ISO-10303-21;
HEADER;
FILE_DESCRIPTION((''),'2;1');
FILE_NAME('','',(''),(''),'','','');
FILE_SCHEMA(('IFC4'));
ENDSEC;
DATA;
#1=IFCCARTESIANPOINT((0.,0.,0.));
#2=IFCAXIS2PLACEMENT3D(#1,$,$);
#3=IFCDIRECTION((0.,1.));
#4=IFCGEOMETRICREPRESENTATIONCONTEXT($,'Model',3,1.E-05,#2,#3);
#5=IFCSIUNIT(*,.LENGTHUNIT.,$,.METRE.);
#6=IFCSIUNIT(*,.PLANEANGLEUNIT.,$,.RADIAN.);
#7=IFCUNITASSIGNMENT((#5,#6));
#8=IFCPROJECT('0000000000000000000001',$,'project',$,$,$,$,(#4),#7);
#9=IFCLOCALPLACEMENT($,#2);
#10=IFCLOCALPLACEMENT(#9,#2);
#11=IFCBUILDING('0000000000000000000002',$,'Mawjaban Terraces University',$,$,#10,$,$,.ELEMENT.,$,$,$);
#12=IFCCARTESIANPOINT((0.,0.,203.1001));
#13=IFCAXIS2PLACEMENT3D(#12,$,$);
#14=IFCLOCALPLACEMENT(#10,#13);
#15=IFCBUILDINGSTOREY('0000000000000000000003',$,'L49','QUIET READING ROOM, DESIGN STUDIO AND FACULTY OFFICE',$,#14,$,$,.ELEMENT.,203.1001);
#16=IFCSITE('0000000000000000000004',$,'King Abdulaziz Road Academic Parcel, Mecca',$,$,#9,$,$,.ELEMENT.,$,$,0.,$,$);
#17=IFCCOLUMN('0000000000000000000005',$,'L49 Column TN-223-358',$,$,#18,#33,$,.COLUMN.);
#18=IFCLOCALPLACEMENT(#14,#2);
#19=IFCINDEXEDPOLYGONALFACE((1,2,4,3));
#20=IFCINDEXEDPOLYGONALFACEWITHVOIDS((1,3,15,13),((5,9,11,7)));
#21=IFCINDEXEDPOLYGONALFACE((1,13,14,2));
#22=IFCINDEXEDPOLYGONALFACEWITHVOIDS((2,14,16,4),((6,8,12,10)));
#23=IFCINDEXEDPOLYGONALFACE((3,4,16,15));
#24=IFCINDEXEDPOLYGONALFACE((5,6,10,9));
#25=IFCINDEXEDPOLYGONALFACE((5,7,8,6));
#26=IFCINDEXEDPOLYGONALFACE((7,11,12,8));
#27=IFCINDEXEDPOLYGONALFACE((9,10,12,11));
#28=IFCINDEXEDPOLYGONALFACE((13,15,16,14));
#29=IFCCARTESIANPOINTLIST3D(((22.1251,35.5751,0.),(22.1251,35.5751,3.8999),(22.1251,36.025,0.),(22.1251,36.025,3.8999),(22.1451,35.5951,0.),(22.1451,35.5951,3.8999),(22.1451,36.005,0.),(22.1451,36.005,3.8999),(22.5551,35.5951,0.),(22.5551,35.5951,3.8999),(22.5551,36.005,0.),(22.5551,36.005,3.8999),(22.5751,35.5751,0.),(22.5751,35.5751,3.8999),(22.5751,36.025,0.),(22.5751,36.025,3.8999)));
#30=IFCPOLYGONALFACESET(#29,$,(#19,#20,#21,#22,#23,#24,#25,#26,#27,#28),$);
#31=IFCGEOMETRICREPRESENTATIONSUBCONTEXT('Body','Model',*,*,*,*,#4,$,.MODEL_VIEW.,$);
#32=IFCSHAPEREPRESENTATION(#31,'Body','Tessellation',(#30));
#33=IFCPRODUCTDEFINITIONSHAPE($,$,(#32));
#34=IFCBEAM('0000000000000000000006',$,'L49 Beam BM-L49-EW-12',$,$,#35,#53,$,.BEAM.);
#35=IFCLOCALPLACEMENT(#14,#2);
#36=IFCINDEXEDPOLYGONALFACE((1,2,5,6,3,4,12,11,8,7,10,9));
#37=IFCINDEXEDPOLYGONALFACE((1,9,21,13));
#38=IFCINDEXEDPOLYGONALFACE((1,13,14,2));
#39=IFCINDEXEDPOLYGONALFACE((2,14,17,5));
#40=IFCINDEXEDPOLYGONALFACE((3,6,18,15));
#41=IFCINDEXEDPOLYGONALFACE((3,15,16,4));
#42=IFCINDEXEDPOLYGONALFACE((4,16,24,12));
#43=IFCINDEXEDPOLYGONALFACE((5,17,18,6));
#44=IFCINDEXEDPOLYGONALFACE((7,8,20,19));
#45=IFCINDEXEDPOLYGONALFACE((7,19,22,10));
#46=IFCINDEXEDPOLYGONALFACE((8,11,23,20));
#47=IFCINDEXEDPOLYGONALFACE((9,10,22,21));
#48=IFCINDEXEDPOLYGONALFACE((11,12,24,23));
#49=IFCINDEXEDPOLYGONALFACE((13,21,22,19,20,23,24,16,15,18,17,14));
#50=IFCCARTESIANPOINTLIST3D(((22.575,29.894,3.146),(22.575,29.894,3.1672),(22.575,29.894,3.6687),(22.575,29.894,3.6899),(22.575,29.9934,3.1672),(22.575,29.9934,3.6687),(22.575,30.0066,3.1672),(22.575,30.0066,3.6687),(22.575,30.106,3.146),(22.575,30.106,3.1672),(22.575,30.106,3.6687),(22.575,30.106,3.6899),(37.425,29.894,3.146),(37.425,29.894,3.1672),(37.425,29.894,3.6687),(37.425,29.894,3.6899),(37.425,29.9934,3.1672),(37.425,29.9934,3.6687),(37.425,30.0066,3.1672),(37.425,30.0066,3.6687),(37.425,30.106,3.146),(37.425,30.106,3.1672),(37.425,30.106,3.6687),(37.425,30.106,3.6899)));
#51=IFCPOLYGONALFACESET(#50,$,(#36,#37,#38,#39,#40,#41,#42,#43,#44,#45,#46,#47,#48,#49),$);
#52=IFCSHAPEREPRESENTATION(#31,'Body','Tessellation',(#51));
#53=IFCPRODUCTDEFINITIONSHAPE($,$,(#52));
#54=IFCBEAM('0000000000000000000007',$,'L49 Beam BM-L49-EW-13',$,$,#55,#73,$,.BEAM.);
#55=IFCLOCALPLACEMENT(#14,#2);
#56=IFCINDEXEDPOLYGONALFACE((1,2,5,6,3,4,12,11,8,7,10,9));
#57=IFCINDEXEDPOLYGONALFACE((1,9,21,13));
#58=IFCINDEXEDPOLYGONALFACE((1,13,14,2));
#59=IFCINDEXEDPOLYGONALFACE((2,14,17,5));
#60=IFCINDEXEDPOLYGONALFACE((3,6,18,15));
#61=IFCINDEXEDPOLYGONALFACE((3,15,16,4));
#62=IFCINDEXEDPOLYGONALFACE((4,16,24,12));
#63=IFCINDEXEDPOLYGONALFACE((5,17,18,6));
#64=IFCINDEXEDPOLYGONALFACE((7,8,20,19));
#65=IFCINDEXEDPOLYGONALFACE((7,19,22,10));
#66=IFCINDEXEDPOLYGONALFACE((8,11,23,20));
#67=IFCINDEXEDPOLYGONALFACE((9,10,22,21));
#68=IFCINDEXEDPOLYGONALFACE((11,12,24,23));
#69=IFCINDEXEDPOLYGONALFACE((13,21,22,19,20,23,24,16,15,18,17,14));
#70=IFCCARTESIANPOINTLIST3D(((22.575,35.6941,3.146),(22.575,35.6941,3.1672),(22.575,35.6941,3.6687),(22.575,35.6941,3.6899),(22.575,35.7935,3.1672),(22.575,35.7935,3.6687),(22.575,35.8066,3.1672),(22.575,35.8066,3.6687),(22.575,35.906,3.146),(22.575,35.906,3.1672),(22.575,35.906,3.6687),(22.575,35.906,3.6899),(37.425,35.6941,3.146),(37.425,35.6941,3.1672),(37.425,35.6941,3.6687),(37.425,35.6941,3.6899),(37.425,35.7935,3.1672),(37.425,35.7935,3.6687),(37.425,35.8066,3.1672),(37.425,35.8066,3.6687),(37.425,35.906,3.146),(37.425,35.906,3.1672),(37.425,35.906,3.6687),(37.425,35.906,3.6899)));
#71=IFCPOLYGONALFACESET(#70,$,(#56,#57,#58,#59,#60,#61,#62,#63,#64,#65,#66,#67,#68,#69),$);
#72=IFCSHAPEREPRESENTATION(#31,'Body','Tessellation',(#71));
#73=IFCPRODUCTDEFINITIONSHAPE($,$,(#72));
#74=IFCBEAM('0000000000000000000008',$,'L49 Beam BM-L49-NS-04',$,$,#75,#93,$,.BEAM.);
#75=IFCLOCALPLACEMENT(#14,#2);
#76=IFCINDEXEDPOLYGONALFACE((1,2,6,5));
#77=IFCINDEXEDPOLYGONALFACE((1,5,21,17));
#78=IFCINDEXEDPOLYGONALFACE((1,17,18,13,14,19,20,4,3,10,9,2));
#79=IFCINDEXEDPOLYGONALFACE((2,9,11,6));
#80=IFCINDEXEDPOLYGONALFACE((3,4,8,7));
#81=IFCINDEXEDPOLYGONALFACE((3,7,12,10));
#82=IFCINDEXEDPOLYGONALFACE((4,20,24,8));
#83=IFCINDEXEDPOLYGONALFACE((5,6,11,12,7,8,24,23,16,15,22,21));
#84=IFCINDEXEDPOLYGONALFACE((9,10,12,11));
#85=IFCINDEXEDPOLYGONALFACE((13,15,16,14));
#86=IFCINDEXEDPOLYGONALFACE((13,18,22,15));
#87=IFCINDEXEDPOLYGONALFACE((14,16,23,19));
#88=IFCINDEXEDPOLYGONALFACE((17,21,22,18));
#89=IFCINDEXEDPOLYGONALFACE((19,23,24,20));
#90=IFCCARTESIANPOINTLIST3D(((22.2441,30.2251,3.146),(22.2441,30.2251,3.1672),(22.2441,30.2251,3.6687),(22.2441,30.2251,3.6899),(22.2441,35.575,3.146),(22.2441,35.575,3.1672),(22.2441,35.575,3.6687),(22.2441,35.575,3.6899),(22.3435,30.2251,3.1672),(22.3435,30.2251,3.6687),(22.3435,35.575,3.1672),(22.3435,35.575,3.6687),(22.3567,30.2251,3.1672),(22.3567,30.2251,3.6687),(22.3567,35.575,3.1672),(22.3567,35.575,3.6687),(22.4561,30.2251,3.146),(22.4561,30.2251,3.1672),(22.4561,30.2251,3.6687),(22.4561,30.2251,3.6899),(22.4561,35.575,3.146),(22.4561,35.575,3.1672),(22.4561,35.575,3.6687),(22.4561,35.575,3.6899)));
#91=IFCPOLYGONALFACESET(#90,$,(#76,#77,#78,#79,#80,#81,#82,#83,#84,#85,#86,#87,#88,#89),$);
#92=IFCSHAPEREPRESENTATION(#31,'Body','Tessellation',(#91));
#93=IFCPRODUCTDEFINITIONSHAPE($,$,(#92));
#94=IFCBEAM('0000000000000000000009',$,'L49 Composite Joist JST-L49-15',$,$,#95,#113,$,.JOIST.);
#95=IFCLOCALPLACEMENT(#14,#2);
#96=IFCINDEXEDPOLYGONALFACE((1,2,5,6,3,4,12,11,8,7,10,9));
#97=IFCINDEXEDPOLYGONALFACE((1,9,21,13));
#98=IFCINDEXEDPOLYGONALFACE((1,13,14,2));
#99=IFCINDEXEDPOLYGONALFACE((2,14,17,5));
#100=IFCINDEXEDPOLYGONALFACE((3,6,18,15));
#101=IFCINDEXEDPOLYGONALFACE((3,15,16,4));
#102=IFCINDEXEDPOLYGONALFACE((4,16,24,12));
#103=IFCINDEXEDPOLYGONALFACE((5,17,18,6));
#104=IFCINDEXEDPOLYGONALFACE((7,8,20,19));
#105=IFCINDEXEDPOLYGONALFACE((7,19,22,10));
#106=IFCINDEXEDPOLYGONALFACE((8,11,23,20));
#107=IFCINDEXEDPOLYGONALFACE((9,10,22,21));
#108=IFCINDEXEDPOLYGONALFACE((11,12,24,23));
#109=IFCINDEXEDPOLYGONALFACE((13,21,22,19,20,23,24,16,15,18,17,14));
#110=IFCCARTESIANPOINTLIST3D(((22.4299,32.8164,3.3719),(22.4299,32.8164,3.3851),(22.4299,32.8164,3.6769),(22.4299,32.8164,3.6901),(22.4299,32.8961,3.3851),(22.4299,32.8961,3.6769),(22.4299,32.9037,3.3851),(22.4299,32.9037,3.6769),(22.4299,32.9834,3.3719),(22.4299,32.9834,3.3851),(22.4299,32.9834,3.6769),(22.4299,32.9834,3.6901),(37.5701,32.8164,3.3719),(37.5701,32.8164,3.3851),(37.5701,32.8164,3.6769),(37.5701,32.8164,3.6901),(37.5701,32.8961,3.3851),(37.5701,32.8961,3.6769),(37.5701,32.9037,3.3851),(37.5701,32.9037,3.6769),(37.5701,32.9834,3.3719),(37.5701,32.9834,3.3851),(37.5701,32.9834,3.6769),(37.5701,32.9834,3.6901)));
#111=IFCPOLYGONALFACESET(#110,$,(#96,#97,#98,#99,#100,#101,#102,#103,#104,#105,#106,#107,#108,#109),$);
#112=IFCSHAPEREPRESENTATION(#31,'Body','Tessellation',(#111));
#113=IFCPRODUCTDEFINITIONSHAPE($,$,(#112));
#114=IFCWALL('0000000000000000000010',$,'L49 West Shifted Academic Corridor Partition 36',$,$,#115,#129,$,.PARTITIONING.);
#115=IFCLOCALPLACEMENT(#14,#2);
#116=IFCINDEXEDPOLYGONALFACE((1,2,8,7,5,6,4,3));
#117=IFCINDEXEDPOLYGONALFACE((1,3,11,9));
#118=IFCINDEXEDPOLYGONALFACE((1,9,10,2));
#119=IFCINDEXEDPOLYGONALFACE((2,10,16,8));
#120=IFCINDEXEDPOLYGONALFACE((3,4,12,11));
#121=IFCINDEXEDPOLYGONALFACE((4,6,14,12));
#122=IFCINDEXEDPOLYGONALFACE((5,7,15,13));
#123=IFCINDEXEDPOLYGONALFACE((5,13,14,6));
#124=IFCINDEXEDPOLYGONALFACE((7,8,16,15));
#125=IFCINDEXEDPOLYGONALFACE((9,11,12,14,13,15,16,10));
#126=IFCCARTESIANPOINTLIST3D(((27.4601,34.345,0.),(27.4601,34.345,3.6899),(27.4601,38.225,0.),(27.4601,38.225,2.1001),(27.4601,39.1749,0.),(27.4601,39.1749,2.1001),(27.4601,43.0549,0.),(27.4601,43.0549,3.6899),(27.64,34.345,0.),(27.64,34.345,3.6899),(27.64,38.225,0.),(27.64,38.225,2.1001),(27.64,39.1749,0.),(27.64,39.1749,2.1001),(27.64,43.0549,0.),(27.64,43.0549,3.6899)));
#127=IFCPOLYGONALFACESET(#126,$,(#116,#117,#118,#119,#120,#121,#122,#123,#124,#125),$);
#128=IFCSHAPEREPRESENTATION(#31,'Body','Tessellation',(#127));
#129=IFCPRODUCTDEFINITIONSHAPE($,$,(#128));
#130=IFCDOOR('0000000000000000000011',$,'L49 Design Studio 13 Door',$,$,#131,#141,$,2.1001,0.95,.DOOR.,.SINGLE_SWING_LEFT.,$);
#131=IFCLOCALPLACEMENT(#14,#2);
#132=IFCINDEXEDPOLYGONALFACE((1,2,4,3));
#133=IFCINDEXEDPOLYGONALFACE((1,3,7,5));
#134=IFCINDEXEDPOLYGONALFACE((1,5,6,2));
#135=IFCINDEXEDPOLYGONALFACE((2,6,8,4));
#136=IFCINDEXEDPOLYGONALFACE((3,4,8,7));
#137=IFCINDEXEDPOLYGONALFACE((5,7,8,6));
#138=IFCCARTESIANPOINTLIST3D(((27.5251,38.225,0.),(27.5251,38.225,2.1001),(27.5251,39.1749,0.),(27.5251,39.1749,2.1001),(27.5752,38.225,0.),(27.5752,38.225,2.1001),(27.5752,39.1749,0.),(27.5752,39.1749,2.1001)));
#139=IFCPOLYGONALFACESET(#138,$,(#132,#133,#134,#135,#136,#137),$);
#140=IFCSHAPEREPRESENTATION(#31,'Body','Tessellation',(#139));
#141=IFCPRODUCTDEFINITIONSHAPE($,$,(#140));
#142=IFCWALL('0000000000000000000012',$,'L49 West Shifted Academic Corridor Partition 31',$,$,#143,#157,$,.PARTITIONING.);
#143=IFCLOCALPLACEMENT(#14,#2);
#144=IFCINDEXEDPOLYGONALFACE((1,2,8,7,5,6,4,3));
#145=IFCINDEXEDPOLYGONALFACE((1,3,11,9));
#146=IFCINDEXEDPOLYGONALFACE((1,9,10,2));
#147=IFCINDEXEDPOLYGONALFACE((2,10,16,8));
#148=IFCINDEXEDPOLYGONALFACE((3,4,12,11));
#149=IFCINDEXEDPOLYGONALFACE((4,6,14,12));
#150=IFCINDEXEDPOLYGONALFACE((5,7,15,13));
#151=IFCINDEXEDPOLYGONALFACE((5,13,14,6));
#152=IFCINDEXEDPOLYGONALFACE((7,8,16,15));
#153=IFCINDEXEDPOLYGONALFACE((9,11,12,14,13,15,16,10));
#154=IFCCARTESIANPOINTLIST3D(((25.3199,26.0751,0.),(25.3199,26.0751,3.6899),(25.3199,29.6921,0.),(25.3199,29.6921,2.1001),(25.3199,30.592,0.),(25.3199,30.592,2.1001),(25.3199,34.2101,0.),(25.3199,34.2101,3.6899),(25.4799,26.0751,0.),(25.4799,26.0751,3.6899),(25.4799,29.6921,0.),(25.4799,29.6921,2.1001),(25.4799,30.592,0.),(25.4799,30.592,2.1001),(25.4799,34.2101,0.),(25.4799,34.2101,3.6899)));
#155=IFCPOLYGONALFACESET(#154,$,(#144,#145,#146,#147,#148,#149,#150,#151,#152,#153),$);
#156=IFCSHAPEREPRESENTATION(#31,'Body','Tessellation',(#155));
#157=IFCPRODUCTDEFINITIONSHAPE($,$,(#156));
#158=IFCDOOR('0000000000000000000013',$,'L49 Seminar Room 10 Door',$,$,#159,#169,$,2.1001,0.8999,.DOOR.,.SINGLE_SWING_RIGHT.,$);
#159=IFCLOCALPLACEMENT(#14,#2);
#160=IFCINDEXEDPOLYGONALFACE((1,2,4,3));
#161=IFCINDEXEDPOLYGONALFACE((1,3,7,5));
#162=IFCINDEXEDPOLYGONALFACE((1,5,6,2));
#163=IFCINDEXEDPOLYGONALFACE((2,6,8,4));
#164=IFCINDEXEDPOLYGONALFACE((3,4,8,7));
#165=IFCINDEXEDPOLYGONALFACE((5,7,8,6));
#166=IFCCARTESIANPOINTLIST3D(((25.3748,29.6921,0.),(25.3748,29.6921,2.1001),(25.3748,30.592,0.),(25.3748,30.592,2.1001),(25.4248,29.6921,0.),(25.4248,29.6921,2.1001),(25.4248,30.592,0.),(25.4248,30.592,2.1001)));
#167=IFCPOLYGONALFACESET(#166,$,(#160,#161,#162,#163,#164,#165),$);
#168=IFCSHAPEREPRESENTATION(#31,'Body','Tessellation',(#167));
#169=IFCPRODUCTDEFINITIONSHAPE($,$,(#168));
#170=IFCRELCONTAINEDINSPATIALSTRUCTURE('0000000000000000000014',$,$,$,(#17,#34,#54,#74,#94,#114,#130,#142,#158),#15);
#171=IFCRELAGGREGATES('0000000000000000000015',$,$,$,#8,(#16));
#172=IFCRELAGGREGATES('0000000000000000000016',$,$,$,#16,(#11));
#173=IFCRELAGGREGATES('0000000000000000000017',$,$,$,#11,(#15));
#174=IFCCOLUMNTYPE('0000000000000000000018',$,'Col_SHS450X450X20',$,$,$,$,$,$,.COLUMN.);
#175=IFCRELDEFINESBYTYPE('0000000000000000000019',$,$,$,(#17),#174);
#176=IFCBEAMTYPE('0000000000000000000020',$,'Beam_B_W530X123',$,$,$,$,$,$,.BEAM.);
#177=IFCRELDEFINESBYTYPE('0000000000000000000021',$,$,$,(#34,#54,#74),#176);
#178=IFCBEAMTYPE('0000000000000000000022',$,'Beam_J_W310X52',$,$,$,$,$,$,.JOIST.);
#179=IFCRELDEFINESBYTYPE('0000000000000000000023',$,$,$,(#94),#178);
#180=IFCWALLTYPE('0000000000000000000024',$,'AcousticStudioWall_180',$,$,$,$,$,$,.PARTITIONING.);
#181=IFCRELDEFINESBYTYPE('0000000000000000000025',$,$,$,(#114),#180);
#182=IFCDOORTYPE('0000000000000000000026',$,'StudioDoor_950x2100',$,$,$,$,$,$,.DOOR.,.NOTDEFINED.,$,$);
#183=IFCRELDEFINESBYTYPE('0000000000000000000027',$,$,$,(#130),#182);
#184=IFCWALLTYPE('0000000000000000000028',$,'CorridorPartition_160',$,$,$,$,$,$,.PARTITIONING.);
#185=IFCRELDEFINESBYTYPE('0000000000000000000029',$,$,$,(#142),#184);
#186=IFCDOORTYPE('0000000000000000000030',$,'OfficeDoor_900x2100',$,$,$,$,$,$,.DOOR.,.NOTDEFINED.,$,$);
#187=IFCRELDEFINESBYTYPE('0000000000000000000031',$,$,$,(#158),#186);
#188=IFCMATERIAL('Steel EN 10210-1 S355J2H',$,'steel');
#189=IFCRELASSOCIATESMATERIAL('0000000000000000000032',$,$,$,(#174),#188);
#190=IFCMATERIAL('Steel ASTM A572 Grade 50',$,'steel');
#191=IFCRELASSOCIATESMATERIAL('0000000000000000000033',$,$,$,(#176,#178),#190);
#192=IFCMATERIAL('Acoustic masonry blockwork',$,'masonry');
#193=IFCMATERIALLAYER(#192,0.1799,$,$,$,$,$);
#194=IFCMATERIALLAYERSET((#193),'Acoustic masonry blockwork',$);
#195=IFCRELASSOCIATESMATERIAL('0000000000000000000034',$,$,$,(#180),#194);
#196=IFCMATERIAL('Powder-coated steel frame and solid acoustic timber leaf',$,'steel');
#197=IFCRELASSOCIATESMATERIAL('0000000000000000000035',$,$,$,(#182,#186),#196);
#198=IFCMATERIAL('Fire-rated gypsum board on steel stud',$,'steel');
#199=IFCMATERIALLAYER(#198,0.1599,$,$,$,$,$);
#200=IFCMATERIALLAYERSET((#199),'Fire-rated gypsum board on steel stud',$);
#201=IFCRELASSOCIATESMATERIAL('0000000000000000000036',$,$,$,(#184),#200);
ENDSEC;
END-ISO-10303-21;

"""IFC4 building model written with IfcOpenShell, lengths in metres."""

from ifc_helpers import new_model, si_unit, direction, frame, frame_2d, origin, origin_2d, place, context, subcontext, project, spatial, rectangle, hollow_rectangle, i_section, extrude, material, layer, layer_set, material_profile, profile_set, type_object, element, fill, save


model = new_model("IFC4")

# Units and contexts
model_context = context("Model", 3, precision=1e-05, world=origin(), true_north=direction((0.0, 1.0)))
body_context = subcontext(model_context, "Body", "Model", "MODEL_VIEW")
ifc_project = project(units=[si_unit("LENGTHUNIT", "METRE"), si_unit("PLANEANGLEUNIT", "RADIAN")], contexts=[model_context])

# Site, building, storey
site_placement = place(None, origin())
site = spatial("IfcSite", under=ifc_project, at=site_placement, Name="King Abdulaziz Road Academic Parcel, Mecca", CompositionType="ELEMENT", RefElevation=0.0)
building_placement = place(site_placement, origin())
building = spatial("IfcBuilding", under=site, at=building_placement, Name="Mawjaban Terraces University", CompositionType="ELEMENT")
storey_placement = place(building_placement, frame((0.0, 0.0, 203.1001)))
storey = spatial("IfcBuildingStorey", under=building, at=storey_placement, Name="L49", Description="QUIET READING ROOM, DESIGN STUDIO AND FACULTY OFFICE", CompositionType="ELEMENT", Elevation=203.1001)

# Column
ifc_material_1 = material(Name="Steel EN 10210-1 S355J2H", Category="steel")
ifc_material_profile_1 = material_profile(ifc_material_1, hollow_rectangle(XDim=0.45, YDim=0.45, WallThickness=0.02, at=origin_2d()), Name="SHS450X450X20")
ifc_profile_set_1 = profile_set([ifc_material_profile_1], Name="Steel EN 10210-1 S355J2H")
column_type = type_object("IfcColumnType", Name="Col_SHS450X450X20", PredefinedType="COLUMN", material=ifc_profile_set_1)
column_placement = place(storey_placement, frame((22.3501, 35.8, 0.0), z_axis=(0.0, 0.0, 1.0), x_axis=(1.0, 0.0, 0.0)))
element("IfcColumn", 1, at=column_placement, inside=storey, type_object=column_type, Name="L49 Column TN-223-358", PredefinedType="COLUMN", context=body_context, shape_type="SweptSolid", body=[
    extrude(hollow_rectangle(XDim=0.45, YDim=0.45, WallThickness=0.02, at=origin_2d()), origin(), (0.0, 0.0, 1.0), 3.8999),
])

# Beams
ifc_material_2 = material(Name="Steel ASTM A572 Grade 50", Category="steel")
ifc_material_profile_2 = material_profile(ifc_material_2, i_section(OverallWidth=0.2119, OverallDepth=0.5439, WebThickness=0.0132, FlangeThickness=0.0212, at=origin_2d()), Name="W530X123")
ifc_profile_set_2 = profile_set([ifc_material_profile_2], Name="Steel ASTM A572 Grade 50")
beam_type_1 = type_object("IfcBeamType", Name="Beam_B_W530X123", PredefinedType="BEAM", material=ifc_profile_set_2)
for number, where, z_axis, x_axis, name in (
    (2, (22.575, 30.0, 3.418), (1.0, 0.0, 0.0), (0.0, 1.0, 0.0), "L49 Beam BM-L49-EW-12"),
    (3, (22.575, 35.8, 3.418), (1.0, 0.0, 0.0), (0.0, 1.0, 0.0), "L49 Beam BM-L49-EW-13"),
):
    element("IfcBeam", number, at=place(storey_placement, frame(where, z_axis=z_axis, x_axis=x_axis)), inside=storey, type_object=beam_type_1, Name=name, PredefinedType="BEAM", context=body_context, shape_type="SweptSolid", body=[
        extrude(i_section(OverallWidth=0.2119, OverallDepth=0.5439, WebThickness=0.0132, FlangeThickness=0.0212, at=origin_2d()), origin(), (0.0, 0.0, 1.0), 14.8501),
    ])
beam_1_placement = place(storey_placement, frame((22.3501, 30.2251, 3.418), z_axis=(0.0, 1.0, 0.0), x_axis=(-1.0, 0.0, 0.0)))
element("IfcBeam", 4, at=beam_1_placement, inside=storey, type_object=beam_type_1, Name="L49 Beam BM-L49-NS-04", PredefinedType="BEAM", context=body_context, shape_type="SweptSolid", body=[
    extrude(i_section(OverallWidth=0.2119, OverallDepth=0.5439, WebThickness=0.0132, FlangeThickness=0.0212, at=origin_2d()), origin(), (0.0, 0.0, 1.0), 5.3499),
])
ifc_material_profile_3 = material_profile(ifc_material_2, i_section(OverallWidth=0.167, OverallDepth=0.3181, WebThickness=0.0076, FlangeThickness=0.0132, at=origin_2d()), Name="W310X52")
ifc_profile_set_3 = profile_set([ifc_material_profile_3], Name="Steel ASTM A572 Grade 50")
beam_type_2 = type_object("IfcBeamType", Name="Beam_J_W310X52", PredefinedType="JOIST", material=ifc_profile_set_3)
beam_2_placement = place(storey_placement, frame((22.4299, 32.8999, 3.531), z_axis=(1.0, 0.0, 0.0), x_axis=(0.0, 1.0, 0.0)))
element("IfcBeam", 5, at=beam_2_placement, inside=storey, type_object=beam_type_2, Name="L49 Composite Joist JST-L49-15", PredefinedType="JOIST", context=body_context, shape_type="SweptSolid", body=[
    extrude(i_section(OverallWidth=0.167, OverallDepth=0.3181, WebThickness=0.0076, FlangeThickness=0.0132, at=origin_2d()), origin(), (0.0, 0.0, 1.0), 15.1401),
])

# Walls, openings, doors
ifc_material_3 = material(Name="Acoustic masonry blockwork", Category="masonry")
ifc_layer_1 = layer(ifc_material_3, 0.1799)
ifc_layer_set_1 = layer_set([ifc_layer_1], Name="Acoustic masonry blockwork")
wall_type_1 = type_object("IfcWallType", Name="AcousticStudioWall_180", PredefinedType="PARTITIONING", material=ifc_layer_set_1)
wall_1_placement = place(storey_placement, frame((27.55, 34.345, 0.0), z_axis=(0.0, 0.0, 1.0), x_axis=(0.0, 1.0, 0.0)))
wall_1 = element("IfcWall", 6, at=wall_1_placement, inside=storey, type_object=wall_type_1, Name="L49 West Shifted Academic Corridor Partition 36", PredefinedType="PARTITIONING", context=body_context, shape_type="SweptSolid", body=[
    extrude(rectangle(XDim=8.71, YDim=0.1799, at=frame_2d((4.355, 0.0))), origin(), (0.0, 0.0, 1.0), 3.6899),
])
opening_1_placement = place(wall_1_placement, frame((3.8799, 0.0, 0.0)))
opening_1 = element("IfcOpeningElement", 7, at=opening_1_placement, cuts=wall_1, PredefinedType="OPENING", context=body_context, shape_type="SweptSolid", body=[
    extrude(rectangle(XDim=0.95, YDim=2.1001, at=frame_2d((0.4751, 1.05))), frame((0.0, 0.0999, 0.0), z_axis=(0.0, -1.0, 0.0), x_axis=(1.0, 0.0, 0.0)), (0.0, 0.0, 1.0), 0.2),
])
ifc_material_4 = material(Name="Powder-coated steel frame and solid acoustic timber leaf", Category="steel")
door_type_1 = type_object("IfcDoorType", Name="StudioDoor_950x2100", OperationType="NOTDEFINED", PredefinedType="DOOR", material=ifc_material_4)
door_1_placement = place(opening_1_placement, origin())
door_1 = element("IfcDoor", 8, at=door_1_placement, inside=storey, type_object=door_type_1, Name="L49 Design Studio 13 Door", OperationType="SINGLE_SWING_LEFT", OverallHeight=2.1001, OverallWidth=0.95, PredefinedType="DOOR", context=body_context, shape_type="SweptSolid", body=[
    extrude(rectangle(XDim=0.95, YDim=2.1001, at=frame_2d((0.4751, 1.05))), frame((0.0, 0.0249, 0.0), z_axis=(0.0, -1.0, 0.0), x_axis=(1.0, 0.0, 0.0)), (0.0, 0.0, 1.0), 0.05),
])
fill(opening_1, door_1)
ifc_material_5 = material(Name="Fire-rated gypsum board on steel stud", Category="steel")
ifc_layer_2 = layer(ifc_material_5, 0.1599)
ifc_layer_set_2 = layer_set([ifc_layer_2], Name="Fire-rated gypsum board on steel stud")
wall_type_2 = type_object("IfcWallType", Name="CorridorPartition_160", PredefinedType="PARTITIONING", material=ifc_layer_set_2)
wall_2_placement = place(storey_placement, frame((25.3999, 34.21, 0.0), z_axis=(0.0, 0.0, 1.0), x_axis=(0.0, -1.0, 0.0)))
wall_2 = element("IfcWall", 9, at=wall_2_placement, inside=storey, type_object=wall_type_2, Name="L49 West Shifted Academic Corridor Partition 31", PredefinedType="PARTITIONING", context=body_context, shape_type="SweptSolid", body=[
    extrude(rectangle(XDim=8.135, YDim=0.1599, at=frame_2d((4.0674, 0.0))), origin(), (0.0, 0.0, 1.0), 3.6899),
])
opening_2_placement = place(wall_2_placement, frame((3.6179, 0.0, 0.0)))
opening_2 = element("IfcOpeningElement", 10, at=opening_2_placement, cuts=wall_2, PredefinedType="OPENING", context=body_context, shape_type="SweptSolid", body=[
    extrude(rectangle(XDim=0.8999, YDim=2.1001, at=frame_2d((0.45, 1.05))), frame((0.0, 0.0898, 0.0), z_axis=(0.0, -1.0, 0.0), x_axis=(1.0, 0.0, 0.0)), (0.0, 0.0, 1.0), 0.1799),
])
door_type_2 = type_object("IfcDoorType", Name="OfficeDoor_900x2100", OperationType="NOTDEFINED", PredefinedType="DOOR", material=ifc_material_4)
door_2_placement = place(opening_2_placement, origin())
door_2 = element("IfcDoor", 11, at=door_2_placement, inside=storey, type_object=door_type_2, Name="L49 Seminar Room 10 Door", OperationType="SINGLE_SWING_RIGHT", OverallHeight=2.1001, OverallWidth=0.8999, PredefinedType="DOOR", context=body_context, shape_type="SweptSolid", body=[
    extrude(rectangle(XDim=0.8999, YDim=2.1001, at=frame_2d((0.45, 1.05))), frame((0.0, 0.0249, 0.0), z_axis=(0.0, -1.0, 0.0), x_axis=(1.0, 0.0, 0.0)), (0.0, 0.0, 1.0), 0.05),
])
fill(opening_2, door_2)

save(model, "model.ifc")
